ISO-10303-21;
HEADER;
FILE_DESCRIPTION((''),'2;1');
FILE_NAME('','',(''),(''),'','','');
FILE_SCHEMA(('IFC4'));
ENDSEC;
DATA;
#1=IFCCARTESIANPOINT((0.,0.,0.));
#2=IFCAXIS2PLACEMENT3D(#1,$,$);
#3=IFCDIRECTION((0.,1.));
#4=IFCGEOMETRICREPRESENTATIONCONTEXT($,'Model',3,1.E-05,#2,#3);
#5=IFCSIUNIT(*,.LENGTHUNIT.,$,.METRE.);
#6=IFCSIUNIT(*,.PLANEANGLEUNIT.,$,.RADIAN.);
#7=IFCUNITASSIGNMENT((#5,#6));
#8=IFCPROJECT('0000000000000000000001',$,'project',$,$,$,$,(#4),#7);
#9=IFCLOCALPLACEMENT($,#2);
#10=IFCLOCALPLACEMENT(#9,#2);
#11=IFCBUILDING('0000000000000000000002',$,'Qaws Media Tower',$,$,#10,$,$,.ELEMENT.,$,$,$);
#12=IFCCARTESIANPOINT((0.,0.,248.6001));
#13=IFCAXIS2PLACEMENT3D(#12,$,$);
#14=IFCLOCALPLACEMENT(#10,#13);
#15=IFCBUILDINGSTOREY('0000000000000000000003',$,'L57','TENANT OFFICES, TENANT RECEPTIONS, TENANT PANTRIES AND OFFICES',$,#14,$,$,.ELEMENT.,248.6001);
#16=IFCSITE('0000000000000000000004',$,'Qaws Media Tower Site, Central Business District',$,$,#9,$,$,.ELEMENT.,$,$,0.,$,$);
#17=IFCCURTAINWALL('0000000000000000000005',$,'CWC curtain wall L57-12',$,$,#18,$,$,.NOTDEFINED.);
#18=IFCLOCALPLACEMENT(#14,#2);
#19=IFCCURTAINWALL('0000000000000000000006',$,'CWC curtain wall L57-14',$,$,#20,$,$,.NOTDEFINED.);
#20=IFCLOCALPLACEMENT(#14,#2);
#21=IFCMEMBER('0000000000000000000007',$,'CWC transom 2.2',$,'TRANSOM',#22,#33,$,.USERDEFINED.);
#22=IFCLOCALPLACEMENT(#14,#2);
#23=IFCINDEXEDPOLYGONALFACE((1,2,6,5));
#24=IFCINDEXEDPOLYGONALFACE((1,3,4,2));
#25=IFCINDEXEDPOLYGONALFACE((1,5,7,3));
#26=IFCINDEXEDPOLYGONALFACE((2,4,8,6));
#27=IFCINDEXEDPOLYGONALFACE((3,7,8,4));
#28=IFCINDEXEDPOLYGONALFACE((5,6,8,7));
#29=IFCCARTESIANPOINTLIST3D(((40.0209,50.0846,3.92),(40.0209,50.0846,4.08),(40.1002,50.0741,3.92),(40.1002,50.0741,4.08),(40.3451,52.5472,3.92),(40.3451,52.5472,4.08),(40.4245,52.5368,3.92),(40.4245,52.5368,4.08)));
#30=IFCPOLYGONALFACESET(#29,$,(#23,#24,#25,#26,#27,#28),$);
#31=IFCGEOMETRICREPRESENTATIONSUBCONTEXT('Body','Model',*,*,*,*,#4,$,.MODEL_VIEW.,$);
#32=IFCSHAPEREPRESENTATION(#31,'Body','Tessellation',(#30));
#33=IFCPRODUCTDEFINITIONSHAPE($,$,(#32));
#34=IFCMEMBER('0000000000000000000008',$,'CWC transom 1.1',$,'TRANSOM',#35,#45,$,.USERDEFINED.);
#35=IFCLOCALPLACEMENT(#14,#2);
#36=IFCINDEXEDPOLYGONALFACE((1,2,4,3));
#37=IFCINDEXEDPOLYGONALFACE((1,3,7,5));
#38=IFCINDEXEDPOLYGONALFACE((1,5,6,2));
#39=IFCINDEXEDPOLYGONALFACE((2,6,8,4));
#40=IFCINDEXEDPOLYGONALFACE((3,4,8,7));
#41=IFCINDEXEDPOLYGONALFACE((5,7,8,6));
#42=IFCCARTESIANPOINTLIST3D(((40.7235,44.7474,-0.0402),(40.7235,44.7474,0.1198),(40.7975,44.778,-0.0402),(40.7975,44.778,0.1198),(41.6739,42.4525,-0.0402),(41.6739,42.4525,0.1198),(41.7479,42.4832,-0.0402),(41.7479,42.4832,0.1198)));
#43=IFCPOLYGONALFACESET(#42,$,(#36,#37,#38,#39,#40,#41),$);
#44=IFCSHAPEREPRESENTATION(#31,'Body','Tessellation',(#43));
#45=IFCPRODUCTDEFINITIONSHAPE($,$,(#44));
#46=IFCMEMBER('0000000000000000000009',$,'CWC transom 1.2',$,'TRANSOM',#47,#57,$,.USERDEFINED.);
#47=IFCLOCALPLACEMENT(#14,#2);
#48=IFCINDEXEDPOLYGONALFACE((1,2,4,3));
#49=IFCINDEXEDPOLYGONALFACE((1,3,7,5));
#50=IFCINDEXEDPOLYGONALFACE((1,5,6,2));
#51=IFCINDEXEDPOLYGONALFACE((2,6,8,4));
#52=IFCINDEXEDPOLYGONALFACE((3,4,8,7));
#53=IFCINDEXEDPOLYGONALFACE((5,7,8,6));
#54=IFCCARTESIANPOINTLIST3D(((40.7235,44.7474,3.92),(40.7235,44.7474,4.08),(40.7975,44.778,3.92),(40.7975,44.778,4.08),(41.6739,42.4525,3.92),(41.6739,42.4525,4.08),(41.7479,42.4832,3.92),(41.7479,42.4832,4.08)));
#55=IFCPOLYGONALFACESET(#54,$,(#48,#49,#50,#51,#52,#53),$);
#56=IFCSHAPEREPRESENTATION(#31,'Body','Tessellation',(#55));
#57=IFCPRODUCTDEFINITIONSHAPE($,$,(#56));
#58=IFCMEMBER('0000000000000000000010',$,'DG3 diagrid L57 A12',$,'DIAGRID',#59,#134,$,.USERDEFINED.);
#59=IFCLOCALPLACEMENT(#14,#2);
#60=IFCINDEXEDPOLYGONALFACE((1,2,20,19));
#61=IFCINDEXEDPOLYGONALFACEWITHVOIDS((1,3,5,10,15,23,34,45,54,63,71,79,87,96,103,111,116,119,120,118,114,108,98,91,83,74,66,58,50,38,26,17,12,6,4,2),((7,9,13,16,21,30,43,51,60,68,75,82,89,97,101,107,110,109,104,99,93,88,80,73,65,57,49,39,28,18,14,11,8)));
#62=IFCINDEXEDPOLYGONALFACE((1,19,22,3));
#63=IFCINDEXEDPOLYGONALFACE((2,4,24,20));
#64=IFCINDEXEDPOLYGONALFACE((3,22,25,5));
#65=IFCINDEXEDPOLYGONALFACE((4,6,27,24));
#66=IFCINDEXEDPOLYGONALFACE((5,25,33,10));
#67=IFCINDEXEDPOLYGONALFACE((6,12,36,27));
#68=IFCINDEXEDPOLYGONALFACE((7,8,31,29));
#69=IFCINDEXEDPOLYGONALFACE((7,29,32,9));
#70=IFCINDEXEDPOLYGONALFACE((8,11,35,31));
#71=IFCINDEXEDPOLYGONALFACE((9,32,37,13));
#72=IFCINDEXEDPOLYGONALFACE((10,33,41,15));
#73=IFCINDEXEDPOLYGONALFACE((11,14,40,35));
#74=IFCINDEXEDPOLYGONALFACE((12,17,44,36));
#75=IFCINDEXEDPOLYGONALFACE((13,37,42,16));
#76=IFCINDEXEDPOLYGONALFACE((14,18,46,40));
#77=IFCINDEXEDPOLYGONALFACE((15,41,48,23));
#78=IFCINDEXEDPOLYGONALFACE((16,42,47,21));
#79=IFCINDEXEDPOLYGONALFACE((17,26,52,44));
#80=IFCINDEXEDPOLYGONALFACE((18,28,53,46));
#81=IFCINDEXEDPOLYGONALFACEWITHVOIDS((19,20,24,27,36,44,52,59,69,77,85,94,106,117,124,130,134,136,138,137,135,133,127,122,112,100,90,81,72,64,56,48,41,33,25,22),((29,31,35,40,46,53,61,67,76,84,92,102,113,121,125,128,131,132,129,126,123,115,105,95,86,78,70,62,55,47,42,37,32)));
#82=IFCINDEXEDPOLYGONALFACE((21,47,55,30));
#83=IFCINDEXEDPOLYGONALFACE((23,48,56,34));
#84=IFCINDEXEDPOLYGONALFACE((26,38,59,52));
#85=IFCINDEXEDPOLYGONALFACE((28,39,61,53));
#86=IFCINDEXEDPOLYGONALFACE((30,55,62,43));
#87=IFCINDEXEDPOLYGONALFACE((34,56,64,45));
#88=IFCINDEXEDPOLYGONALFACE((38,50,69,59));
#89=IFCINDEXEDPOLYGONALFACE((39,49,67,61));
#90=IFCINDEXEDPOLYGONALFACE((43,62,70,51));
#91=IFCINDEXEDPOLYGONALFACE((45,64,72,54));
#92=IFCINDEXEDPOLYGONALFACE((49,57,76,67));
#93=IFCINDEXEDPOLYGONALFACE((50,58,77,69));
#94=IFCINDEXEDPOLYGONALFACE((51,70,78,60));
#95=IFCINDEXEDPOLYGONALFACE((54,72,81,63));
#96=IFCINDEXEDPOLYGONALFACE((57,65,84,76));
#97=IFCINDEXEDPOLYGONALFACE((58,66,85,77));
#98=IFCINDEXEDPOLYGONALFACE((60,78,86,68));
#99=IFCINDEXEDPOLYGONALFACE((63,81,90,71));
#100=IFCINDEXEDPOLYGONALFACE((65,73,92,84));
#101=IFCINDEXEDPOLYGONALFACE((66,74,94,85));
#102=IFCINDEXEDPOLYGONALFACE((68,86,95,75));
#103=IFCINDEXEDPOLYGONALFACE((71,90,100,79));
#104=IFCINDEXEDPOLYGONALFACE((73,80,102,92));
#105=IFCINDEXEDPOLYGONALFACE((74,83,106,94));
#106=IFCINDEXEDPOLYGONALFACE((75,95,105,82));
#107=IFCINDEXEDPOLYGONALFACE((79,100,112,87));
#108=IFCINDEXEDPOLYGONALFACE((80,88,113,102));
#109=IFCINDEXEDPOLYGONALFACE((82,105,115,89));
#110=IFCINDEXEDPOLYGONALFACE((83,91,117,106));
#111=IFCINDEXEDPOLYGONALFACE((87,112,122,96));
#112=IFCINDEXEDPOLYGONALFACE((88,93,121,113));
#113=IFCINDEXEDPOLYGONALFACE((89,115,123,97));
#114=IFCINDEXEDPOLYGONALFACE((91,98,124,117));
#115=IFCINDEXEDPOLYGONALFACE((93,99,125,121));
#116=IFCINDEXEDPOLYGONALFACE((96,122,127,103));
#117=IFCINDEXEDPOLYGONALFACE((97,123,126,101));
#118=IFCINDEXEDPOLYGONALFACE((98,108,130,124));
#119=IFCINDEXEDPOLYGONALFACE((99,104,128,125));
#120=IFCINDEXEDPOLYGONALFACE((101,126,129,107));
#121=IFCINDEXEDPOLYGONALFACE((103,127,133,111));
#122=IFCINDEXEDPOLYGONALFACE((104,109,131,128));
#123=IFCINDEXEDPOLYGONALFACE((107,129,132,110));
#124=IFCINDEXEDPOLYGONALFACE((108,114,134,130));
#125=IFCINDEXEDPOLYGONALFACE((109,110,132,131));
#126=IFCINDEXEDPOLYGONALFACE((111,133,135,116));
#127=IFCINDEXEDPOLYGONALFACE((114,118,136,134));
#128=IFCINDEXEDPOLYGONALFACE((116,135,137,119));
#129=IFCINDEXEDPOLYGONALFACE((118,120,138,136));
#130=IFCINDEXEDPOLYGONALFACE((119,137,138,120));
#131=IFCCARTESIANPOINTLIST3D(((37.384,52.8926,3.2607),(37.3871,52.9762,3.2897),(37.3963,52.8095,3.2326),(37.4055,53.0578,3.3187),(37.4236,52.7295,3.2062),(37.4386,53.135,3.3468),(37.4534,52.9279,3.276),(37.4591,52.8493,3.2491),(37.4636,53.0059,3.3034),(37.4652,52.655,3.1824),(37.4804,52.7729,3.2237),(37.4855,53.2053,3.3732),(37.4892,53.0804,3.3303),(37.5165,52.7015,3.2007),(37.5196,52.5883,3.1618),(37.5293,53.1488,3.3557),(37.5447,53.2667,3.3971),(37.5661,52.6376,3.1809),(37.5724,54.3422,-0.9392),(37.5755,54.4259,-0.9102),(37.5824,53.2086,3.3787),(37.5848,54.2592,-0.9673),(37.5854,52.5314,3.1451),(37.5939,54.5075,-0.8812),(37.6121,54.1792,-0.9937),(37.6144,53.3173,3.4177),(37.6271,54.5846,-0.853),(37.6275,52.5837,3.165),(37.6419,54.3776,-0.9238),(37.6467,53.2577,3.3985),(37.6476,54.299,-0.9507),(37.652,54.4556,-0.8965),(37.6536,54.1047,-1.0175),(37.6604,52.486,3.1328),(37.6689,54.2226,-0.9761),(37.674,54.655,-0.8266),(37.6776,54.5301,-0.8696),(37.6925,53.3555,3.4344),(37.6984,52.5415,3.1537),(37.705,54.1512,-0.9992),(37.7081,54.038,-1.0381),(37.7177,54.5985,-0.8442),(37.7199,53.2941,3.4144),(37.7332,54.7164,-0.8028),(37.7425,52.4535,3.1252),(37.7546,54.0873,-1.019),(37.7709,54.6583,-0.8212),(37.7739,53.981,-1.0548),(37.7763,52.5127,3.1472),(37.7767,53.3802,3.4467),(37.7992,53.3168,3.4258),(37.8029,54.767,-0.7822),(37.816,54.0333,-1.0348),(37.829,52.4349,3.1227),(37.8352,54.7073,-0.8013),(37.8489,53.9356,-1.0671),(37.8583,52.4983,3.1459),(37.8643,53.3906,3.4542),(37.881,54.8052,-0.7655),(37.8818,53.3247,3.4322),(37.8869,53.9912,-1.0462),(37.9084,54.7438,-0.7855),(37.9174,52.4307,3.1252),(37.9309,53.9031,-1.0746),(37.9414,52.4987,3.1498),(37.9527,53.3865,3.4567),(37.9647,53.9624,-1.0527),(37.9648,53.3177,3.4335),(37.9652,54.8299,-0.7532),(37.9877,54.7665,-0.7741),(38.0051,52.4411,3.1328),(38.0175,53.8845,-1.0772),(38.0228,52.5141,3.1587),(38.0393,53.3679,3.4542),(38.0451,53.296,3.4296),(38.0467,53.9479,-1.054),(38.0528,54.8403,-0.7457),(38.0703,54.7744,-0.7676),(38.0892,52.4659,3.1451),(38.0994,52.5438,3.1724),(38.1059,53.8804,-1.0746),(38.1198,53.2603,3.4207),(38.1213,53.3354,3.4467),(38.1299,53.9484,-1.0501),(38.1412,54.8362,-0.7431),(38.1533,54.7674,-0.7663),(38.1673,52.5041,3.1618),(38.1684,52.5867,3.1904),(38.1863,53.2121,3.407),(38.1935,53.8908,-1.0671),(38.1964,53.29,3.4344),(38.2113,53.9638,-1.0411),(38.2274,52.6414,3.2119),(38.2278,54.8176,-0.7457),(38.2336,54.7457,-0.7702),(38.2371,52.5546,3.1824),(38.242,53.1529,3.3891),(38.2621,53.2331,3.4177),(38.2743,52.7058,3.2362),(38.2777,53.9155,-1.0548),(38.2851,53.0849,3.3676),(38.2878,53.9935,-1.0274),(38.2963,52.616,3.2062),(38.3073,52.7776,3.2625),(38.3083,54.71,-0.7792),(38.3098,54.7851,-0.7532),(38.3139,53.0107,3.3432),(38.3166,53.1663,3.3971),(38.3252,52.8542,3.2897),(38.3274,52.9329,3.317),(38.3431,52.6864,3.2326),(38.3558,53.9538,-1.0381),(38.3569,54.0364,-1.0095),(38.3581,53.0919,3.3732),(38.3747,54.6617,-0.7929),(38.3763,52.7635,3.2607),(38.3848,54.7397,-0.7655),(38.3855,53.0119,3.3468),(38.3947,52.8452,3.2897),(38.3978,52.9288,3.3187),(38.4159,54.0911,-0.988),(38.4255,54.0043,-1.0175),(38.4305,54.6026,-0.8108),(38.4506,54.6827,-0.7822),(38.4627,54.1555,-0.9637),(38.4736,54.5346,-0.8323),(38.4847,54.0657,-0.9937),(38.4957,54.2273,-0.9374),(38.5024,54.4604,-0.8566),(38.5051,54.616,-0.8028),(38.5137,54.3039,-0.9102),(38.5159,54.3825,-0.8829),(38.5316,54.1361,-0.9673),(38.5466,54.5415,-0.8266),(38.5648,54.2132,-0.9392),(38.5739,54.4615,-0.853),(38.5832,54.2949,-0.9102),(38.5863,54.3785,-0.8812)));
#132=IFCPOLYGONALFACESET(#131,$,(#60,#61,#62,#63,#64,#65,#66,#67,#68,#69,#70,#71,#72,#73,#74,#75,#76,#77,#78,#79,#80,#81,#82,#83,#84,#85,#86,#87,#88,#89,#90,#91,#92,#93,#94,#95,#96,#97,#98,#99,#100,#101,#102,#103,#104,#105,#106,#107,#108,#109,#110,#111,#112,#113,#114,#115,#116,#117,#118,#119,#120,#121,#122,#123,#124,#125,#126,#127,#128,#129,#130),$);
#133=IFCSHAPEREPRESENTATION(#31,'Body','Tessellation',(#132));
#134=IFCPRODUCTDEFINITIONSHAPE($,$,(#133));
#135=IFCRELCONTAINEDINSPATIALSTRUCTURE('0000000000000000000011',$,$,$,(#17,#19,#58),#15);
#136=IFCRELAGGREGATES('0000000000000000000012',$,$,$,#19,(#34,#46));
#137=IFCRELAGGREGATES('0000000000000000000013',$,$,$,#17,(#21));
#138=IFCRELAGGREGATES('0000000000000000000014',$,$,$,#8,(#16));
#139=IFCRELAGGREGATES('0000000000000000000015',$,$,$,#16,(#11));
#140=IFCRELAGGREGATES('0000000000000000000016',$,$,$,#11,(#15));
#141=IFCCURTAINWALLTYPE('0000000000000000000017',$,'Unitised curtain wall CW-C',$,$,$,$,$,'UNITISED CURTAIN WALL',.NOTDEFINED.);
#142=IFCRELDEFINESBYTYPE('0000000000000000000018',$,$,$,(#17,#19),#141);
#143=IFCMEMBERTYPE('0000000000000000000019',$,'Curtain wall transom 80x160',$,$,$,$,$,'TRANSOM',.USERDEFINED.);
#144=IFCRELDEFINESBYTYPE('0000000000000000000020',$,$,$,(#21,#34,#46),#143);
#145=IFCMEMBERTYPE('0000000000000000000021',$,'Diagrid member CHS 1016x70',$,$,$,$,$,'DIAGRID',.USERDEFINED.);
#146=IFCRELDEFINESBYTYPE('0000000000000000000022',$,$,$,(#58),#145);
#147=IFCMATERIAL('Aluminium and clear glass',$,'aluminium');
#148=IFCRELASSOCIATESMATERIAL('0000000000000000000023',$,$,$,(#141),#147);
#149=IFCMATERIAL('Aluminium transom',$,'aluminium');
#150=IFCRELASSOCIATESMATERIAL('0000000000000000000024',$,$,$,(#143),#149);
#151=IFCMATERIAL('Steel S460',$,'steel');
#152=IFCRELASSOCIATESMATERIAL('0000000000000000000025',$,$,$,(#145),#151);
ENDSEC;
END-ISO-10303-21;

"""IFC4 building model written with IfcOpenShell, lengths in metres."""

from ifc_helpers import new_model, si_unit, direction, frame, origin, origin_2d, place, context, subcontext, project, spatial, rectangle, hollow_circle, extrude, material, material_profile, profile_set, type_object, element, aggregate, save


model = new_model("IFC4")

# Units and contexts
model_context = context("Model", 3, precision=1e-05, world=origin(), true_north=direction((0.0, 1.0)))
body_context = subcontext(model_context, "Body", "Model", "MODEL_VIEW")
ifc_project = project(units=[si_unit("LENGTHUNIT", "METRE"), si_unit("PLANEANGLEUNIT", "RADIAN")], contexts=[model_context])

# Site, building, storey
site_placement = place(None, origin())
site = spatial("IfcSite", under=ifc_project, at=site_placement, Name="Qaws Media Tower Site, Central Business District", CompositionType="ELEMENT", RefElevation=0.0)
building_placement = place(site_placement, origin())
building = spatial("IfcBuilding", under=site, at=building_placement, Name="Qaws Media Tower", CompositionType="ELEMENT")
storey_placement = place(building_placement, frame((0.0, 0.0, 248.6001)))
storey = spatial("IfcBuildingStorey", under=building, at=storey_placement, Name="L57", Description="TENANT OFFICES, TENANT RECEPTIONS, TENANT PANTRIES AND OFFICES", CompositionType="ELEMENT", Elevation=248.6001)

# Shared definitions
ifc_material_1 = material(Name="Aluminium and clear glass", Category="aluminium")
curtain_wall_type = type_object("IfcCurtainWallType", Name="Unitised curtain wall CW-C", ElementType="UNITISED CURTAIN WALL", PredefinedType="NOTDEFINED", material=ifc_material_1)

# Curtain wall
curtain_wall_1_placement = place(storey_placement, origin())
curtain_wall_1 = element("IfcCurtainWall", 1, at=curtain_wall_1_placement, inside=storey, type_object=curtain_wall_type, Name="CWC curtain wall L57-12", PredefinedType="NOTDEFINED")

# Curtain wall
curtain_wall_2_placement = place(storey_placement, origin())
curtain_wall_2 = element("IfcCurtainWall", 2, at=curtain_wall_2_placement, inside=storey, type_object=curtain_wall_type, Name="CWC curtain wall L57-14", PredefinedType="NOTDEFINED")

# Members
ifc_material_2 = material(Name="Aluminium transom", Category="aluminium")
ifc_material_profile_1 = material_profile(ifc_material_2, rectangle(XDim=0.0801, YDim=0.1599, at=origin_2d()), Name="80x160")
ifc_profile_set_1 = profile_set([ifc_material_profile_1], Name="Aluminium transom")
member_type_1 = type_object("IfcMemberType", Name="Curtain wall transom 80x160", ElementType="TRANSOM", PredefinedType="USERDEFINED", material=ifc_profile_set_1)
member_1_placement = place(storey_placement, frame((40.3848, 52.542, 4.0), z_axis=(-0.130528, -0.991445, 0.0), x_axis=(0.991445, -0.130528, 0.0)))
member_1 = element("IfcMember", 3, at=member_1_placement, type_object=member_type_1, Name="CWC transom 2.2", ObjectType="TRANSOM", PredefinedType="USERDEFINED", context=body_context, shape_type="SweptSolid", body=[
    extrude(rectangle(XDim=0.0801, YDim=0.1599, at=origin_2d()), origin(), (0.0, 0.0, 1.0), 2.4839),
])
member_2_placement = place(storey_placement, frame((40.7605, 44.7627, 0.0398), z_axis=(0.382632, -0.923901, 0.0), x_axis=(0.923901, 0.382632, 0.0)))
member_2 = element("IfcMember", 4, at=member_2_placement, type_object=member_type_1, Name="CWC transom 1.1", ObjectType="TRANSOM", PredefinedType="USERDEFINED", context=body_context, shape_type="SweptSolid", body=[
    extrude(rectangle(XDim=0.0801, YDim=0.1599, at=origin_2d()), origin(), (0.0, 0.0, 1.0), 2.4839),
])
member_3_placement = place(storey_placement, frame((40.7605, 44.7627, 4.0), z_axis=(0.382632, -0.923901, 0.0), x_axis=(0.923901, 0.382632, 0.0)))
member_3 = element("IfcMember", 5, at=member_3_placement, type_object=member_type_1, Name="CWC transom 1.2", ObjectType="TRANSOM", PredefinedType="USERDEFINED", context=body_context, shape_type="SweptSolid", body=[
    extrude(rectangle(XDim=0.0801, YDim=0.1599, at=origin_2d()), origin(), (0.0, 0.0, 1.0), 2.4839),
])
aggregate(curtain_wall_2, [member_2, member_3])

# Member
ifc_material_3 = material(Name="Steel S460", Category="steel")
ifc_material_profile_2 = material_profile(ifc_material_3, hollow_circle(Radius=0.5081, WallThickness=0.0701, at=origin_2d()), Name="CHS 1016x70")
ifc_profile_set_2 = profile_set([ifc_material_profile_2], Name="Steel S460")
member_type_2 = type_object("IfcMemberType", Name="Diagrid member CHS 1016x70", ElementType="DIAGRID", PredefinedType="USERDEFINED", material=ifc_profile_set_2)
for number, where, z_axis, x_axis, name in (
    (6, (38.0793, 54.3604, -0.9102), (-0.042382, -0.325989, 0.944423), (0.991654, -0.128925, 0.0), "DG3 diagrid L57 A12"),
):
    element("IfcMember", number, at=place(storey_placement, frame(where, z_axis=z_axis, x_axis=x_axis)), inside=storey, type_object=member_type_2, Name=name, ObjectType="DIAGRID", PredefinedType="USERDEFINED", context=body_context, shape_type="SweptSolid", body=[
        extrude(hollow_circle(Radius=0.5081, WallThickness=0.0701, at=origin_2d()), origin(), (0.0, 0.0, 1.0), 4.447),
    ])

aggregate(curtain_wall_1, [member_1])

save(model, "model.ifc")
